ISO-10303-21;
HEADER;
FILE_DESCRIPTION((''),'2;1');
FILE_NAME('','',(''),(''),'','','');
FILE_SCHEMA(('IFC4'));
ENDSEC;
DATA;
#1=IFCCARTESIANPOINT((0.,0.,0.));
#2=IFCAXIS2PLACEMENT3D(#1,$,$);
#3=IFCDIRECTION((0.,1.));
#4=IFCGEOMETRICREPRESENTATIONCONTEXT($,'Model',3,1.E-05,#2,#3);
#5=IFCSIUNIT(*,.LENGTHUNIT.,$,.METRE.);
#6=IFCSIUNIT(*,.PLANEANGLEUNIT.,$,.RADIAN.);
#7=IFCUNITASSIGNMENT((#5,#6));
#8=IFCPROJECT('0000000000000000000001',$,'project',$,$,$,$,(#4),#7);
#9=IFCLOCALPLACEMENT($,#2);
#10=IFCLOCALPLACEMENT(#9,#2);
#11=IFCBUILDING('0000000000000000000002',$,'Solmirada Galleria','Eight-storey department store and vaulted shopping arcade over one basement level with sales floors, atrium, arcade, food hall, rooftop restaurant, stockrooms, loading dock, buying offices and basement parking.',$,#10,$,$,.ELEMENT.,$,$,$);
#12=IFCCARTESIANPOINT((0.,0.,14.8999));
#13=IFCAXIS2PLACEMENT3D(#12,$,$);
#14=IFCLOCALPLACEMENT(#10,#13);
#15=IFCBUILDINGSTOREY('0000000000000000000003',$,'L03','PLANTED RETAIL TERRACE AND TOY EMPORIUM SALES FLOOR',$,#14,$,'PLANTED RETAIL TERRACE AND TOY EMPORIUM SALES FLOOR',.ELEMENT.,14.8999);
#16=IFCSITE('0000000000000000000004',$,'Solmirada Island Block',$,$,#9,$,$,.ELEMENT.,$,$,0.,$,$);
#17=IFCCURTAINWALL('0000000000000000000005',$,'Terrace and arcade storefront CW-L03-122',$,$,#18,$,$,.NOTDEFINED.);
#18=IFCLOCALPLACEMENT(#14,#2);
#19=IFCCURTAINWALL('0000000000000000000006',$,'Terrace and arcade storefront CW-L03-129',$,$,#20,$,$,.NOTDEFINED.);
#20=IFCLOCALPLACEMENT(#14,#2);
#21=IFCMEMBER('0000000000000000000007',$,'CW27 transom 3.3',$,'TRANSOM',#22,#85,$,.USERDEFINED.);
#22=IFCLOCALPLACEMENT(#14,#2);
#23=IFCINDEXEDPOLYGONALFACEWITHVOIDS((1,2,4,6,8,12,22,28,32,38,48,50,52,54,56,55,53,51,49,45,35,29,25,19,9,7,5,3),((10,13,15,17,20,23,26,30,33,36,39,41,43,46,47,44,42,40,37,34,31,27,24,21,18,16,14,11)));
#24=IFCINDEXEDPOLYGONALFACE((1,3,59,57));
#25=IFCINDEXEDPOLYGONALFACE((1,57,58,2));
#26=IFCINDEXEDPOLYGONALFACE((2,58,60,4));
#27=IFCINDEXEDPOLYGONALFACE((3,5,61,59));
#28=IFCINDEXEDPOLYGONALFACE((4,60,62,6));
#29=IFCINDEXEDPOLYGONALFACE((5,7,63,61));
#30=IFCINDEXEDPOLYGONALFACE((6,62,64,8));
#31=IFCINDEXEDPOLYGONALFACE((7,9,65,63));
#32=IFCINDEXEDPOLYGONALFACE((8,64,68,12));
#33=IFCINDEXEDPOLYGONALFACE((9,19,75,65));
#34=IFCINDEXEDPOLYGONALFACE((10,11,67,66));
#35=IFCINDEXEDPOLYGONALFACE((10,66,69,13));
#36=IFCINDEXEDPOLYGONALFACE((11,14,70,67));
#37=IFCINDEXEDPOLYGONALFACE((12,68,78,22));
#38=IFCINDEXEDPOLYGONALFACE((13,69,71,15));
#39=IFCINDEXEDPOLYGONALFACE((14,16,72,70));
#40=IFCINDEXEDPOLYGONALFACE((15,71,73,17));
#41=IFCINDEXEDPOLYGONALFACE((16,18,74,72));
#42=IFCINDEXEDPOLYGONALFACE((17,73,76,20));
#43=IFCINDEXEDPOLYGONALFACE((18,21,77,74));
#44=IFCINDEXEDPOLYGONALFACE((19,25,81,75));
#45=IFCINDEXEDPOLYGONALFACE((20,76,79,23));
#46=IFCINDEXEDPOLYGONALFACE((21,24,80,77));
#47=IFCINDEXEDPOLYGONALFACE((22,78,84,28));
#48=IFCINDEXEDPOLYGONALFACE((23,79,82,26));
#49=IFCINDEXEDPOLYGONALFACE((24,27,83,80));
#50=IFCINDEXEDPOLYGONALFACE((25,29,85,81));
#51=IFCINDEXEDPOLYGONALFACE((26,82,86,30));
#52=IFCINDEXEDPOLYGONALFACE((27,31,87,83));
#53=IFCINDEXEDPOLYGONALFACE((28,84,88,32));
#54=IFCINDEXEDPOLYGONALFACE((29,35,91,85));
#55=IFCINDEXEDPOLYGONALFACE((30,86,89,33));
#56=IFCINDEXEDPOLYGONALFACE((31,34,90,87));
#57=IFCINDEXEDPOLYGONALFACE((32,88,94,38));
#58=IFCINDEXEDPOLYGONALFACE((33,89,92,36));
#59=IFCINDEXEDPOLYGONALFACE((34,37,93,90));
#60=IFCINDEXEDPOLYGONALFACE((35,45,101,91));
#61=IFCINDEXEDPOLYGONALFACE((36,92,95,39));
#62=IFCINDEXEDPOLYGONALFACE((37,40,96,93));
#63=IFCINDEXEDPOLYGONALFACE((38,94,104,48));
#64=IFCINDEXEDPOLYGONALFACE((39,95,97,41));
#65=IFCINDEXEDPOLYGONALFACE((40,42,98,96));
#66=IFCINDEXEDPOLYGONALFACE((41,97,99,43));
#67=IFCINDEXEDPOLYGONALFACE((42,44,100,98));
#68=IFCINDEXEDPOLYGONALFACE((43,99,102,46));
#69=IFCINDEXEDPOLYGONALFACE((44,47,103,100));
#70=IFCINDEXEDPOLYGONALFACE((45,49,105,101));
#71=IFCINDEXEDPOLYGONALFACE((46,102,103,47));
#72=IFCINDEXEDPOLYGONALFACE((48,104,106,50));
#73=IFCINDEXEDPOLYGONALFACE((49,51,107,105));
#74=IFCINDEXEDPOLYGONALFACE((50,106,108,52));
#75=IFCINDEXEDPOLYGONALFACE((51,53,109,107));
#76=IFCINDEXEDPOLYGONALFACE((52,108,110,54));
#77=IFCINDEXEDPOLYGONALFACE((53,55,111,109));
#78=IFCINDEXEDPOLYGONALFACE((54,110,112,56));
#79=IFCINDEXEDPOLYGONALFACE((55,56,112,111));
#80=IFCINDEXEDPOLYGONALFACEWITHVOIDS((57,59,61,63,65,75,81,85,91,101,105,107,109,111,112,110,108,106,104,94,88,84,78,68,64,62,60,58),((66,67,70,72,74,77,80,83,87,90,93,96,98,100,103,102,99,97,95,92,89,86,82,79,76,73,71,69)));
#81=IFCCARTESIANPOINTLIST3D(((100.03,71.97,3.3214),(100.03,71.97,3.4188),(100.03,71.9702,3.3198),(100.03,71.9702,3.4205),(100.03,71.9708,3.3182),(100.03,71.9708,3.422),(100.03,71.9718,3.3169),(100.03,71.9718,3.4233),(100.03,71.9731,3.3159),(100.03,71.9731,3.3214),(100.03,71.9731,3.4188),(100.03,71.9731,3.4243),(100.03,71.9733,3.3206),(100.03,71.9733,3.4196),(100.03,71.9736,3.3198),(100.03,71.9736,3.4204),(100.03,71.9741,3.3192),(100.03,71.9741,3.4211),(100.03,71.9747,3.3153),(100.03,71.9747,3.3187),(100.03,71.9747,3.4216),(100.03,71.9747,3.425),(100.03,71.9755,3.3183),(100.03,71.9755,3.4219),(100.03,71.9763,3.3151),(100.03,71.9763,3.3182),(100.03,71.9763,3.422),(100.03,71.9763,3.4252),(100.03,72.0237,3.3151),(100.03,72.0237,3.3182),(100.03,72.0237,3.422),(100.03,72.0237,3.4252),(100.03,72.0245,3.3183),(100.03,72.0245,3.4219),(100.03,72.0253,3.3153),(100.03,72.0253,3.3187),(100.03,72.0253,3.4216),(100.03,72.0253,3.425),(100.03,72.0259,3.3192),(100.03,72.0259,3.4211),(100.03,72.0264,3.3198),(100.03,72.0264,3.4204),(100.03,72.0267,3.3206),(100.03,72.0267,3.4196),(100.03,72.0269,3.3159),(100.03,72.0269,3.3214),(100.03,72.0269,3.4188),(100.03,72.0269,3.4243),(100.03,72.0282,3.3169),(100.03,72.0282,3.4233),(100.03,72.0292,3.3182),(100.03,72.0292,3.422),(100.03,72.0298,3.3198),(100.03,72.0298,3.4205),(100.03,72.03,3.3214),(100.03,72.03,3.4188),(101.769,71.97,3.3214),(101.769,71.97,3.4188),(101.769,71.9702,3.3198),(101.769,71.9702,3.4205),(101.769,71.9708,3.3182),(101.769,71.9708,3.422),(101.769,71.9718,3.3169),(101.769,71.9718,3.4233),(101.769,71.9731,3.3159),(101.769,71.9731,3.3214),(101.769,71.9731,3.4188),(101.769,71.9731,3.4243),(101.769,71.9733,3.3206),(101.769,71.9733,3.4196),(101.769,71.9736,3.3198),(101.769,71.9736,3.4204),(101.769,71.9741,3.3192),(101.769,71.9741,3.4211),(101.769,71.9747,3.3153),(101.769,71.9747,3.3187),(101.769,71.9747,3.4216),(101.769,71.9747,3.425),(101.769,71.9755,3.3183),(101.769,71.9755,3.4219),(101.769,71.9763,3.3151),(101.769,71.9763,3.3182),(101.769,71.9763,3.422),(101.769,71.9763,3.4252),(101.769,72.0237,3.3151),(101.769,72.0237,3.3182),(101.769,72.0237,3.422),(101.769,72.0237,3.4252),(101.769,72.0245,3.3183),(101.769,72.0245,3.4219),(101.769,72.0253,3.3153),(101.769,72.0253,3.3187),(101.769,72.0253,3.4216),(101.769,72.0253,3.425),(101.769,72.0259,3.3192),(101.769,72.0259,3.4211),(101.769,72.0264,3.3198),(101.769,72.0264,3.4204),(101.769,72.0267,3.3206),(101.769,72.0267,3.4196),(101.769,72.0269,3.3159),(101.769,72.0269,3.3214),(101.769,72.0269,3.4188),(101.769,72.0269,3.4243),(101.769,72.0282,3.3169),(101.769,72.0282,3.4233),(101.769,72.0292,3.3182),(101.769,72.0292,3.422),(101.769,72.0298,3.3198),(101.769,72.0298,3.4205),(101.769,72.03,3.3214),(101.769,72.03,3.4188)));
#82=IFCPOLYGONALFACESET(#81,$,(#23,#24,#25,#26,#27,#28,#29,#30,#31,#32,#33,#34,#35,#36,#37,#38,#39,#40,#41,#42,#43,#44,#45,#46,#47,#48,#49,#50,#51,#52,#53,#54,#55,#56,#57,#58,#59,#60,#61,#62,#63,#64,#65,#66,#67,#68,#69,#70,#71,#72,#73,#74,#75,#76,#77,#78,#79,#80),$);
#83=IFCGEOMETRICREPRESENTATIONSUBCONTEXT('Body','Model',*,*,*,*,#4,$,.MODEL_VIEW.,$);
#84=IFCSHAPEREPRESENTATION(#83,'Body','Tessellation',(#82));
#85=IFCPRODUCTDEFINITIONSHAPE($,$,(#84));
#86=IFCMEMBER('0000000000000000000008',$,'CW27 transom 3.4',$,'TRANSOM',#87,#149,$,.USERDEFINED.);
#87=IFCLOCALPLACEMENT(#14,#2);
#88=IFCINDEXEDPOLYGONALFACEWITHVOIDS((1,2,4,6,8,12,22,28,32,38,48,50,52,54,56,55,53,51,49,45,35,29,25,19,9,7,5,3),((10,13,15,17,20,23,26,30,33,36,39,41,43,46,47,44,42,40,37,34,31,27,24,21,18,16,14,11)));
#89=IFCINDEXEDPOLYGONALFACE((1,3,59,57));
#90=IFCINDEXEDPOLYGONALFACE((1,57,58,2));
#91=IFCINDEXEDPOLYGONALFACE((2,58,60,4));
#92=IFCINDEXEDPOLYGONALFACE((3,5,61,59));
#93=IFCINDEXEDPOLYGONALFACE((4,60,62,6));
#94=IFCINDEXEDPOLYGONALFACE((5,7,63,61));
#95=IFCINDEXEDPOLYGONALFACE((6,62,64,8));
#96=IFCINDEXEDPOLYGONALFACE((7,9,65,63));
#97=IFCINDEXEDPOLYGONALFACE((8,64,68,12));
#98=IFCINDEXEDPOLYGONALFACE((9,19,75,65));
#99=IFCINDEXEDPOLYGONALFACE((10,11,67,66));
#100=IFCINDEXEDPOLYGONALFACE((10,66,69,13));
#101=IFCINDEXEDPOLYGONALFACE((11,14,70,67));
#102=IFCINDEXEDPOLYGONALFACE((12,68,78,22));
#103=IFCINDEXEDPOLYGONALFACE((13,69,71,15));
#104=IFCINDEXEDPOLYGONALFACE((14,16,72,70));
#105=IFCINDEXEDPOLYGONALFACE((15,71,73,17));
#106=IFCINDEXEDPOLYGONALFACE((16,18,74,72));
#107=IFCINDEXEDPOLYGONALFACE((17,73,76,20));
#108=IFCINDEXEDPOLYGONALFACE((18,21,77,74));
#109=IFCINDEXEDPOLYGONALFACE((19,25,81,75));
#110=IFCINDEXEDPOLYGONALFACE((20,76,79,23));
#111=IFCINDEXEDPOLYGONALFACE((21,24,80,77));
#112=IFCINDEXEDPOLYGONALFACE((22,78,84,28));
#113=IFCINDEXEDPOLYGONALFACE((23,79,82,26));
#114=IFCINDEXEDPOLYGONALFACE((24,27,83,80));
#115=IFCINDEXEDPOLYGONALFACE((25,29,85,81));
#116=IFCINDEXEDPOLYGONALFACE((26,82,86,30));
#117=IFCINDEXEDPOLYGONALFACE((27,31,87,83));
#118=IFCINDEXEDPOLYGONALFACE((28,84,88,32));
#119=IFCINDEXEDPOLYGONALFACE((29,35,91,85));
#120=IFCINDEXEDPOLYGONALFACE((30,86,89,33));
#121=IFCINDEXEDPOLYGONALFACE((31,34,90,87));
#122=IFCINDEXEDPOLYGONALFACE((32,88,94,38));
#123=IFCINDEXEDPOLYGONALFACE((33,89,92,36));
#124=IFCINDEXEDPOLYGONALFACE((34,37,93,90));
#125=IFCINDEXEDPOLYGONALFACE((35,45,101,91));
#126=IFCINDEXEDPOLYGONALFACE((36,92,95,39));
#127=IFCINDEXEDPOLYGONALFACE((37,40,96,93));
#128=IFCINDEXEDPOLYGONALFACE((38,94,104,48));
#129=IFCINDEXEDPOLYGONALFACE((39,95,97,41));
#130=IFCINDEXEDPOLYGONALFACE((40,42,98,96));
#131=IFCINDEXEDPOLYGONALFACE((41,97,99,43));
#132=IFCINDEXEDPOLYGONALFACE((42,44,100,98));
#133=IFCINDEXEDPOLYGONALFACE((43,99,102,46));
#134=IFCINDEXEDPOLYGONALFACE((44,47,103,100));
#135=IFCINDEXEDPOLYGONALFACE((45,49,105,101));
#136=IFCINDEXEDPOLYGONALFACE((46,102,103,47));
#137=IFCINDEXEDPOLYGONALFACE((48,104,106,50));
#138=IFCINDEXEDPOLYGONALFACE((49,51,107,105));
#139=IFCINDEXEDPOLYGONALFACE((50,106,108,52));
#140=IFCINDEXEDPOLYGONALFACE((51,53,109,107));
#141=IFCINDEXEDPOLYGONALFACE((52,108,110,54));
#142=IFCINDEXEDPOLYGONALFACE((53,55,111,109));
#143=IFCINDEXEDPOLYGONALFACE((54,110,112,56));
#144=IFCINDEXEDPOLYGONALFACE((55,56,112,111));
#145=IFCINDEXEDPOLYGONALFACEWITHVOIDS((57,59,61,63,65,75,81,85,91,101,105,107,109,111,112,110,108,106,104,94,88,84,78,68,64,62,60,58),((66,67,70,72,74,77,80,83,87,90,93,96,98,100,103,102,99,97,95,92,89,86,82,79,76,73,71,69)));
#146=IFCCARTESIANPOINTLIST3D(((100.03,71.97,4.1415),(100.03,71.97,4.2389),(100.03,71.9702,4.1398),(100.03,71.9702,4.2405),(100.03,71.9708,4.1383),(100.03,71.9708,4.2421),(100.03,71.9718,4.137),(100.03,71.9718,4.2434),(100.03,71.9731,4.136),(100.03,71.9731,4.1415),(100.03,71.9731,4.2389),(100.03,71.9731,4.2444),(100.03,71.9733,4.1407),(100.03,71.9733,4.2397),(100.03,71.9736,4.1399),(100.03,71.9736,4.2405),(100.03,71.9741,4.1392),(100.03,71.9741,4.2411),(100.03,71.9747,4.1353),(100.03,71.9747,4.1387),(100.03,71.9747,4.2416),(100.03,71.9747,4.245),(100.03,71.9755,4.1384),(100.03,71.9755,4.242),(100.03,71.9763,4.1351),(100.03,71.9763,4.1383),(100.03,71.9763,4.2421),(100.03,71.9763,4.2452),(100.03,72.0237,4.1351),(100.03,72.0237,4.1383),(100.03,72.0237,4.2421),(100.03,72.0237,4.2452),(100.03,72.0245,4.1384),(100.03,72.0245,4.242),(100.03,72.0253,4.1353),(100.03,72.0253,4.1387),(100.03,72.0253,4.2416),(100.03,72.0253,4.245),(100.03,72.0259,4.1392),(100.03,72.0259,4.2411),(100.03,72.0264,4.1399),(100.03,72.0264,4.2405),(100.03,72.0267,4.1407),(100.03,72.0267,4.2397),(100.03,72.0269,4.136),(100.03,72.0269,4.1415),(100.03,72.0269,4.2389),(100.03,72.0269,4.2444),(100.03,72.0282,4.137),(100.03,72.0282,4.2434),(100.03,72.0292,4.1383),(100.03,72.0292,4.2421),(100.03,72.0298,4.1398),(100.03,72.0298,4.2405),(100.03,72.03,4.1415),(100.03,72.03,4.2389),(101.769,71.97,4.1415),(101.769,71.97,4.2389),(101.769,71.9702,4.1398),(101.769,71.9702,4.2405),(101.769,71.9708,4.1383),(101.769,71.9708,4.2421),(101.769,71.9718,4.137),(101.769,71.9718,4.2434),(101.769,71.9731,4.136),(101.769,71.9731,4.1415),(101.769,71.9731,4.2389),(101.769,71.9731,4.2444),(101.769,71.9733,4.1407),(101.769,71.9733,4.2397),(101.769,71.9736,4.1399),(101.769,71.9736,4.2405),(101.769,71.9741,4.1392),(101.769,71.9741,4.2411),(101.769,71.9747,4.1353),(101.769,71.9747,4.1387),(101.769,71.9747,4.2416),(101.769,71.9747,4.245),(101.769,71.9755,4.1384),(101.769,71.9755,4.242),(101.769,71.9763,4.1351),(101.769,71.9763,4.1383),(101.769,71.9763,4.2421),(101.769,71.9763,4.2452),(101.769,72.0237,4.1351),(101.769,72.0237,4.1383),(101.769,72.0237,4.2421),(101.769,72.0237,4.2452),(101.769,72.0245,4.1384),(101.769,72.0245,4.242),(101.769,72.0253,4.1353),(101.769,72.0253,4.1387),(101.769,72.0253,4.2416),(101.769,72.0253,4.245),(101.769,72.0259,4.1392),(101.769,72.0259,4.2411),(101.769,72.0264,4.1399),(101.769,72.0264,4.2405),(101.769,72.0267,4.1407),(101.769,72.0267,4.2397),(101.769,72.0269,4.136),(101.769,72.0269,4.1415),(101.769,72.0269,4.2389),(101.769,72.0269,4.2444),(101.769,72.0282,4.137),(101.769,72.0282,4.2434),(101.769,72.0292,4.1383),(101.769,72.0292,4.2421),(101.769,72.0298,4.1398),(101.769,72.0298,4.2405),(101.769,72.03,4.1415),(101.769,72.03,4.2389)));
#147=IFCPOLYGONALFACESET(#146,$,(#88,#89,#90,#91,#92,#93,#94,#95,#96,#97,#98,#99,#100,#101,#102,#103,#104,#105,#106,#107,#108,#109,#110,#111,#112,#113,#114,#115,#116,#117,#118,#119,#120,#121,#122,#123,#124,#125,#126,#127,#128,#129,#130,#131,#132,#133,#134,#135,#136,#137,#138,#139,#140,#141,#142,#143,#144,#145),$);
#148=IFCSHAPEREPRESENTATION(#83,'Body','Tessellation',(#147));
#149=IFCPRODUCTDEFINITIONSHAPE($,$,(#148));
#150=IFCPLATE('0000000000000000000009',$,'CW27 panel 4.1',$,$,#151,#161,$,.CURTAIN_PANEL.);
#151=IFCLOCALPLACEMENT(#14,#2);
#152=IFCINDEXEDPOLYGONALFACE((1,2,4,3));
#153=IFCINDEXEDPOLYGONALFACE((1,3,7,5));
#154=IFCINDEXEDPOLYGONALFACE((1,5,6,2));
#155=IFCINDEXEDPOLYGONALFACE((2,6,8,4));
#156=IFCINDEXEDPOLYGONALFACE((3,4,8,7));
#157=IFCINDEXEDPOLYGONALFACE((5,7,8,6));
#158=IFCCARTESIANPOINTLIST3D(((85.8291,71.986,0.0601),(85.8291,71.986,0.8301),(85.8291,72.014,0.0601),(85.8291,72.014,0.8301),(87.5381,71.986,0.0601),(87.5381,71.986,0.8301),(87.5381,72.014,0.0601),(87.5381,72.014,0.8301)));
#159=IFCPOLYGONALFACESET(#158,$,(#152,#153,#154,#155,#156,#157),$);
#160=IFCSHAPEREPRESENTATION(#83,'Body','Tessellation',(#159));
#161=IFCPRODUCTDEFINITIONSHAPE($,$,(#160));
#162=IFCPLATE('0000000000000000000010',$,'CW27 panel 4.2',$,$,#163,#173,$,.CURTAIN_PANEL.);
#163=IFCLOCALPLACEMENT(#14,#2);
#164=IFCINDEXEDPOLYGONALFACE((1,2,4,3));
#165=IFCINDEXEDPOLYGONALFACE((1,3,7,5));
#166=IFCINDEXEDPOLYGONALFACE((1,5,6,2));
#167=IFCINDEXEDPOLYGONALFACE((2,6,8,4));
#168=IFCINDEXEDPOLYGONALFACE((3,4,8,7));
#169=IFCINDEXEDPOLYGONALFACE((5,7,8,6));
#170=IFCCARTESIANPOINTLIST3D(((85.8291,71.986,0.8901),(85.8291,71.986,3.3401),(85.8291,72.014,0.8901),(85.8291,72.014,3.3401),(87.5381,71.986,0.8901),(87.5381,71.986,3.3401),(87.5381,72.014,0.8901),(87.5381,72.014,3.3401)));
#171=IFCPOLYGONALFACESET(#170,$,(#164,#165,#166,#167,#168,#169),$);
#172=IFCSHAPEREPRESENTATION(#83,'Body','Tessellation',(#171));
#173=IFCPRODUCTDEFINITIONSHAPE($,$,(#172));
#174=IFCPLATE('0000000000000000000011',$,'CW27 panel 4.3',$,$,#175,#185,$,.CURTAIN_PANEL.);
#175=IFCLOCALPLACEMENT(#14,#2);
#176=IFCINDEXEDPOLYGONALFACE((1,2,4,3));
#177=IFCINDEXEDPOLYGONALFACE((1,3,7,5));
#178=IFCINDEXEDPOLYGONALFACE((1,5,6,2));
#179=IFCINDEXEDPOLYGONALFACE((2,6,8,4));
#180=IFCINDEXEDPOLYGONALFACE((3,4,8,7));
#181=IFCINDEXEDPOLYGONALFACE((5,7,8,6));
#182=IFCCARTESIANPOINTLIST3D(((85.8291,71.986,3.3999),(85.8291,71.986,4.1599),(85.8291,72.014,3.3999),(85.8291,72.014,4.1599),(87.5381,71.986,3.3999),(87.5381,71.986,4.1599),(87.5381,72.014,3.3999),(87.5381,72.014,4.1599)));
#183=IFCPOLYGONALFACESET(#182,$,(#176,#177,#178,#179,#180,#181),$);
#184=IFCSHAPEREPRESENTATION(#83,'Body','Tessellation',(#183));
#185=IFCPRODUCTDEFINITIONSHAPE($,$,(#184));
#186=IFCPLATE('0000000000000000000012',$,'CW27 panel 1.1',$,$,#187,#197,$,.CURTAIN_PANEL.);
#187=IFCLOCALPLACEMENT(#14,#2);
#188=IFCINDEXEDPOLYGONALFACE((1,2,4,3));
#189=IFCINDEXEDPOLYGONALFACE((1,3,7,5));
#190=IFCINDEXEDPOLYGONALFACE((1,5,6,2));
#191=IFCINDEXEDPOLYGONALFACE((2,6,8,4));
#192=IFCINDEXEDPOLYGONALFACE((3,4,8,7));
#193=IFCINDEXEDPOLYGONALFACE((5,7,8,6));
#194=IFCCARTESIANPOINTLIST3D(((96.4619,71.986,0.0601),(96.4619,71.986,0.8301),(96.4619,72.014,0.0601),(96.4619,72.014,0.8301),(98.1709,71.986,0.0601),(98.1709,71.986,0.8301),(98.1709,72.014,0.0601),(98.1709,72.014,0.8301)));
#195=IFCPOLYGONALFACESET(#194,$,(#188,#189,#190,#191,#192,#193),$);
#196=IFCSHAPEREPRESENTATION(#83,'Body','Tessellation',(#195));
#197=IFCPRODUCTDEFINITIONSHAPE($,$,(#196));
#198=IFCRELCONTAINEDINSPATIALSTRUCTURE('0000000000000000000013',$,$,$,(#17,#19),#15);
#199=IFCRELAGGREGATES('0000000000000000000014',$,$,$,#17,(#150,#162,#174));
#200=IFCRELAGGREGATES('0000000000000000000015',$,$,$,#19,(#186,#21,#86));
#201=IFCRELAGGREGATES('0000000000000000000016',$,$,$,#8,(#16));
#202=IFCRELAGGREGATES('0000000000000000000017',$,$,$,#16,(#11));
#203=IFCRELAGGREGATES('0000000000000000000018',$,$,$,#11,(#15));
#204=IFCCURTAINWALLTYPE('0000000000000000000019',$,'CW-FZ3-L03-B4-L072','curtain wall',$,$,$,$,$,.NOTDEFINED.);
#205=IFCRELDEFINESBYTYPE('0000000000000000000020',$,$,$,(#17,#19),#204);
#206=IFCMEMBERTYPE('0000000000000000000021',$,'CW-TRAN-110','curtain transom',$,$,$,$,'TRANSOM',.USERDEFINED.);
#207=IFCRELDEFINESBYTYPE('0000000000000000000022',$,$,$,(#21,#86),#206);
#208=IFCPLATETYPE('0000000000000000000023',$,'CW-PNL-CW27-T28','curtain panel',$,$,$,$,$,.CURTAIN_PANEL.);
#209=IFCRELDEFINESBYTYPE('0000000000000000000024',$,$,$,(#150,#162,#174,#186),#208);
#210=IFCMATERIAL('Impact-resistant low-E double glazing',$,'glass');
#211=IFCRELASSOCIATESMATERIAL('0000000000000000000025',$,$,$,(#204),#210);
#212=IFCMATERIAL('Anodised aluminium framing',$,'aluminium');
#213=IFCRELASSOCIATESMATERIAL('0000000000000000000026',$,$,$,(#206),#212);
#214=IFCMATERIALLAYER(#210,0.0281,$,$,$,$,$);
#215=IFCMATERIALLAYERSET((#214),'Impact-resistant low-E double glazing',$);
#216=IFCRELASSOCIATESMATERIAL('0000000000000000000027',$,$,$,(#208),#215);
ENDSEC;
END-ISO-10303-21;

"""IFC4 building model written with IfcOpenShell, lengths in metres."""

from ifc_helpers import new_model, si_unit, direction, frame, origin, origin_2d, place, context, subcontext, project, spatial, rectangle, hollow_rectangle, extrude, material, layer, layer_set, material_profile, profile_set, type_object, element, aggregate, save


model = new_model("IFC4")

# Units and contexts
model_context = context("Model", 3, precision=1e-05, world=origin(), true_north=direction((0.0, 1.0)))
body_context = subcontext(model_context, "Body", "Model", "MODEL_VIEW")
ifc_project = project(units=[si_unit("LENGTHUNIT", "METRE"), si_unit("PLANEANGLEUNIT", "RADIAN")], contexts=[model_context])

# Site, building, storey
site_placement = place(None, origin())
site = spatial("IfcSite", under=ifc_project, at=site_placement, Name="Solmirada Island Block", CompositionType="ELEMENT", RefElevation=0.0)
building_placement = place(site_placement, origin())
building = spatial("IfcBuilding", under=site, at=building_placement, Name="Solmirada Galleria", Description="Eight-storey department store and vaulted shopping arcade over one basement level with sales floors, atrium, arcade, food hall, rooftop restaurant, stockrooms, loading dock, buying offices and basement parking.", CompositionType="ELEMENT")
storey_placement = place(building_placement, frame((0.0, 0.0, 14.8999)))
storey = spatial("IfcBuildingStorey", under=building, at=storey_placement, Name="L03", Description="PLANTED RETAIL TERRACE AND TOY EMPORIUM SALES FLOOR", LongName="PLANTED RETAIL TERRACE AND TOY EMPORIUM SALES FLOOR", CompositionType="ELEMENT", Elevation=14.8999)

# Curtain wall
ifc_material_1 = material(Name="Impact-resistant low-E double glazing", Category="glass")
curtain_wall_type = type_object("IfcCurtainWallType", Name="CW-FZ3-L03-B4-L072", Description="curtain wall", PredefinedType="NOTDEFINED", material=ifc_material_1)
curtain_wall_1_placement = place(storey_placement, origin())
curtain_wall_1 = element("IfcCurtainWall", 1, at=curtain_wall_1_placement, inside=storey, type_object=curtain_wall_type, Name="Terrace and arcade storefront CW-L03-122", PredefinedType="NOTDEFINED")
ifc_material_2 = material(Name="Anodised aluminium framing", Category="aluminium")

# Curtain wall, members
curtain_wall_2_placement = place(storey_placement, origin())
curtain_wall_2 = element("IfcCurtainWall", 2, at=curtain_wall_2_placement, inside=storey, type_object=curtain_wall_type, Name="Terrace and arcade storefront CW-L03-129", PredefinedType="NOTDEFINED")
ifc_material_profile_1 = material_profile(ifc_material_2, hollow_rectangle(XDim=0.0601, YDim=0.1101, WallThickness=0.0032, InnerFilletRadius=0.0032, OuterFilletRadius=0.0063, at=origin_2d()), Name="ALU-TRAN-110X60")
ifc_profile_set_1 = profile_set([ifc_material_profile_1], Name="Anodised aluminium framing")
member_type_1 = type_object("IfcMemberType", Name="CW-TRAN-110", Description="curtain transom", ElementType="TRANSOM", PredefinedType="USERDEFINED", material=ifc_profile_set_1)
member_1_placement = place(storey_placement, frame((100.03, 72.0, 3.3701), z_axis=(1.0, 0.0, 0.0), x_axis=(0.0, 1.0, 0.0)))
member_1 = element("IfcMember", 3, at=member_1_placement, type_object=member_type_1, Name="CW27 transom 3.3", ObjectType="TRANSOM", PredefinedType="USERDEFINED", context=body_context, shape_type="SweptSolid", body=[
    extrude(hollow_rectangle(XDim=0.0601, YDim=0.1101, WallThickness=0.0032, InnerFilletRadius=0.0032, OuterFilletRadius=0.0063, at=origin_2d()), origin(), (0.0, 0.0, 1.0), 1.739),
])
member_2_placement = place(storey_placement, frame((100.03, 72.0, 4.1902), z_axis=(1.0, 0.0, 0.0), x_axis=(0.0, 1.0, 0.0)))
member_2 = element("IfcMember", 4, at=member_2_placement, type_object=member_type_1, Name="CW27 transom 3.4", ObjectType="TRANSOM", PredefinedType="USERDEFINED", context=body_context, shape_type="SweptSolid", body=[
    extrude(hollow_rectangle(XDim=0.0601, YDim=0.1101, WallThickness=0.0032, InnerFilletRadius=0.0032, OuterFilletRadius=0.0063, at=origin_2d()), origin(), (0.0, 0.0, 1.0), 1.739),
])

# Plates
ifc_layer = layer(ifc_material_1, 0.0281)
ifc_layer_set = layer_set([ifc_layer], Name="Impact-resistant low-E double glazing")
plate_type = type_object("IfcPlateType", Name="CW-PNL-CW27-T28", Description="curtain panel", PredefinedType="CURTAIN_PANEL", material=ifc_layer_set)
plate_1_placement = place(storey_placement, frame((86.6836, 72.0, 0.0601), z_axis=(0.0, 0.0, 1.0), x_axis=(1.0, 0.0, 0.0)))
plate_1 = element("IfcPlate", 5, at=plate_1_placement, type_object=plate_type, Name="CW27 panel 4.1", PredefinedType="CURTAIN_PANEL", context=body_context, shape_type="SweptSolid", body=[
    extrude(rectangle(XDim=1.709, YDim=0.0281, at=origin_2d()), origin(), (0.0, 0.0, 1.0), 0.77),
])
plate_2_placement = place(storey_placement, frame((86.6836, 72.0, 0.8901), z_axis=(0.0, 0.0, 1.0), x_axis=(1.0, 0.0, 0.0)))
plate_2 = element("IfcPlate", 6, at=plate_2_placement, type_object=plate_type, Name="CW27 panel 4.2", PredefinedType="CURTAIN_PANEL", context=body_context, shape_type="SweptSolid", body=[
    extrude(rectangle(XDim=1.709, YDim=0.0281, at=origin_2d()), origin(), (0.0, 0.0, 1.0), 2.45),
])
plate_3_placement = place(storey_placement, frame((86.6836, 72.0, 3.3999), z_axis=(0.0, 0.0, 1.0), x_axis=(1.0, 0.0, 0.0)))
plate_3 = element("IfcPlate", 7, at=plate_3_placement, type_object=plate_type, Name="CW27 panel 4.3", PredefinedType="CURTAIN_PANEL", context=body_context, shape_type="SweptSolid", body=[
    extrude(rectangle(XDim=1.709, YDim=0.0281, at=origin_2d()), origin(), (0.0, 0.0, 1.0), 0.76),
])
aggregate(curtain_wall_1, [plate_1, plate_2, plate_3])
plate_4_placement = place(storey_placement, frame((97.3164, 72.0, 0.0601), z_axis=(0.0, 0.0, 1.0), x_axis=(1.0, 0.0, 0.0)))
plate_4 = element("IfcPlate", 8, at=plate_4_placement, type_object=plate_type, Name="CW27 panel 1.1", PredefinedType="CURTAIN_PANEL", context=body_context, shape_type="SweptSolid", body=[
    extrude(rectangle(XDim=1.709, YDim=0.0281, at=origin_2d()), origin(), (0.0, 0.0, 1.0), 0.77),
])
aggregate(curtain_wall_2, [plate_4, member_1, member_2])

save(model, "model.ifc")
